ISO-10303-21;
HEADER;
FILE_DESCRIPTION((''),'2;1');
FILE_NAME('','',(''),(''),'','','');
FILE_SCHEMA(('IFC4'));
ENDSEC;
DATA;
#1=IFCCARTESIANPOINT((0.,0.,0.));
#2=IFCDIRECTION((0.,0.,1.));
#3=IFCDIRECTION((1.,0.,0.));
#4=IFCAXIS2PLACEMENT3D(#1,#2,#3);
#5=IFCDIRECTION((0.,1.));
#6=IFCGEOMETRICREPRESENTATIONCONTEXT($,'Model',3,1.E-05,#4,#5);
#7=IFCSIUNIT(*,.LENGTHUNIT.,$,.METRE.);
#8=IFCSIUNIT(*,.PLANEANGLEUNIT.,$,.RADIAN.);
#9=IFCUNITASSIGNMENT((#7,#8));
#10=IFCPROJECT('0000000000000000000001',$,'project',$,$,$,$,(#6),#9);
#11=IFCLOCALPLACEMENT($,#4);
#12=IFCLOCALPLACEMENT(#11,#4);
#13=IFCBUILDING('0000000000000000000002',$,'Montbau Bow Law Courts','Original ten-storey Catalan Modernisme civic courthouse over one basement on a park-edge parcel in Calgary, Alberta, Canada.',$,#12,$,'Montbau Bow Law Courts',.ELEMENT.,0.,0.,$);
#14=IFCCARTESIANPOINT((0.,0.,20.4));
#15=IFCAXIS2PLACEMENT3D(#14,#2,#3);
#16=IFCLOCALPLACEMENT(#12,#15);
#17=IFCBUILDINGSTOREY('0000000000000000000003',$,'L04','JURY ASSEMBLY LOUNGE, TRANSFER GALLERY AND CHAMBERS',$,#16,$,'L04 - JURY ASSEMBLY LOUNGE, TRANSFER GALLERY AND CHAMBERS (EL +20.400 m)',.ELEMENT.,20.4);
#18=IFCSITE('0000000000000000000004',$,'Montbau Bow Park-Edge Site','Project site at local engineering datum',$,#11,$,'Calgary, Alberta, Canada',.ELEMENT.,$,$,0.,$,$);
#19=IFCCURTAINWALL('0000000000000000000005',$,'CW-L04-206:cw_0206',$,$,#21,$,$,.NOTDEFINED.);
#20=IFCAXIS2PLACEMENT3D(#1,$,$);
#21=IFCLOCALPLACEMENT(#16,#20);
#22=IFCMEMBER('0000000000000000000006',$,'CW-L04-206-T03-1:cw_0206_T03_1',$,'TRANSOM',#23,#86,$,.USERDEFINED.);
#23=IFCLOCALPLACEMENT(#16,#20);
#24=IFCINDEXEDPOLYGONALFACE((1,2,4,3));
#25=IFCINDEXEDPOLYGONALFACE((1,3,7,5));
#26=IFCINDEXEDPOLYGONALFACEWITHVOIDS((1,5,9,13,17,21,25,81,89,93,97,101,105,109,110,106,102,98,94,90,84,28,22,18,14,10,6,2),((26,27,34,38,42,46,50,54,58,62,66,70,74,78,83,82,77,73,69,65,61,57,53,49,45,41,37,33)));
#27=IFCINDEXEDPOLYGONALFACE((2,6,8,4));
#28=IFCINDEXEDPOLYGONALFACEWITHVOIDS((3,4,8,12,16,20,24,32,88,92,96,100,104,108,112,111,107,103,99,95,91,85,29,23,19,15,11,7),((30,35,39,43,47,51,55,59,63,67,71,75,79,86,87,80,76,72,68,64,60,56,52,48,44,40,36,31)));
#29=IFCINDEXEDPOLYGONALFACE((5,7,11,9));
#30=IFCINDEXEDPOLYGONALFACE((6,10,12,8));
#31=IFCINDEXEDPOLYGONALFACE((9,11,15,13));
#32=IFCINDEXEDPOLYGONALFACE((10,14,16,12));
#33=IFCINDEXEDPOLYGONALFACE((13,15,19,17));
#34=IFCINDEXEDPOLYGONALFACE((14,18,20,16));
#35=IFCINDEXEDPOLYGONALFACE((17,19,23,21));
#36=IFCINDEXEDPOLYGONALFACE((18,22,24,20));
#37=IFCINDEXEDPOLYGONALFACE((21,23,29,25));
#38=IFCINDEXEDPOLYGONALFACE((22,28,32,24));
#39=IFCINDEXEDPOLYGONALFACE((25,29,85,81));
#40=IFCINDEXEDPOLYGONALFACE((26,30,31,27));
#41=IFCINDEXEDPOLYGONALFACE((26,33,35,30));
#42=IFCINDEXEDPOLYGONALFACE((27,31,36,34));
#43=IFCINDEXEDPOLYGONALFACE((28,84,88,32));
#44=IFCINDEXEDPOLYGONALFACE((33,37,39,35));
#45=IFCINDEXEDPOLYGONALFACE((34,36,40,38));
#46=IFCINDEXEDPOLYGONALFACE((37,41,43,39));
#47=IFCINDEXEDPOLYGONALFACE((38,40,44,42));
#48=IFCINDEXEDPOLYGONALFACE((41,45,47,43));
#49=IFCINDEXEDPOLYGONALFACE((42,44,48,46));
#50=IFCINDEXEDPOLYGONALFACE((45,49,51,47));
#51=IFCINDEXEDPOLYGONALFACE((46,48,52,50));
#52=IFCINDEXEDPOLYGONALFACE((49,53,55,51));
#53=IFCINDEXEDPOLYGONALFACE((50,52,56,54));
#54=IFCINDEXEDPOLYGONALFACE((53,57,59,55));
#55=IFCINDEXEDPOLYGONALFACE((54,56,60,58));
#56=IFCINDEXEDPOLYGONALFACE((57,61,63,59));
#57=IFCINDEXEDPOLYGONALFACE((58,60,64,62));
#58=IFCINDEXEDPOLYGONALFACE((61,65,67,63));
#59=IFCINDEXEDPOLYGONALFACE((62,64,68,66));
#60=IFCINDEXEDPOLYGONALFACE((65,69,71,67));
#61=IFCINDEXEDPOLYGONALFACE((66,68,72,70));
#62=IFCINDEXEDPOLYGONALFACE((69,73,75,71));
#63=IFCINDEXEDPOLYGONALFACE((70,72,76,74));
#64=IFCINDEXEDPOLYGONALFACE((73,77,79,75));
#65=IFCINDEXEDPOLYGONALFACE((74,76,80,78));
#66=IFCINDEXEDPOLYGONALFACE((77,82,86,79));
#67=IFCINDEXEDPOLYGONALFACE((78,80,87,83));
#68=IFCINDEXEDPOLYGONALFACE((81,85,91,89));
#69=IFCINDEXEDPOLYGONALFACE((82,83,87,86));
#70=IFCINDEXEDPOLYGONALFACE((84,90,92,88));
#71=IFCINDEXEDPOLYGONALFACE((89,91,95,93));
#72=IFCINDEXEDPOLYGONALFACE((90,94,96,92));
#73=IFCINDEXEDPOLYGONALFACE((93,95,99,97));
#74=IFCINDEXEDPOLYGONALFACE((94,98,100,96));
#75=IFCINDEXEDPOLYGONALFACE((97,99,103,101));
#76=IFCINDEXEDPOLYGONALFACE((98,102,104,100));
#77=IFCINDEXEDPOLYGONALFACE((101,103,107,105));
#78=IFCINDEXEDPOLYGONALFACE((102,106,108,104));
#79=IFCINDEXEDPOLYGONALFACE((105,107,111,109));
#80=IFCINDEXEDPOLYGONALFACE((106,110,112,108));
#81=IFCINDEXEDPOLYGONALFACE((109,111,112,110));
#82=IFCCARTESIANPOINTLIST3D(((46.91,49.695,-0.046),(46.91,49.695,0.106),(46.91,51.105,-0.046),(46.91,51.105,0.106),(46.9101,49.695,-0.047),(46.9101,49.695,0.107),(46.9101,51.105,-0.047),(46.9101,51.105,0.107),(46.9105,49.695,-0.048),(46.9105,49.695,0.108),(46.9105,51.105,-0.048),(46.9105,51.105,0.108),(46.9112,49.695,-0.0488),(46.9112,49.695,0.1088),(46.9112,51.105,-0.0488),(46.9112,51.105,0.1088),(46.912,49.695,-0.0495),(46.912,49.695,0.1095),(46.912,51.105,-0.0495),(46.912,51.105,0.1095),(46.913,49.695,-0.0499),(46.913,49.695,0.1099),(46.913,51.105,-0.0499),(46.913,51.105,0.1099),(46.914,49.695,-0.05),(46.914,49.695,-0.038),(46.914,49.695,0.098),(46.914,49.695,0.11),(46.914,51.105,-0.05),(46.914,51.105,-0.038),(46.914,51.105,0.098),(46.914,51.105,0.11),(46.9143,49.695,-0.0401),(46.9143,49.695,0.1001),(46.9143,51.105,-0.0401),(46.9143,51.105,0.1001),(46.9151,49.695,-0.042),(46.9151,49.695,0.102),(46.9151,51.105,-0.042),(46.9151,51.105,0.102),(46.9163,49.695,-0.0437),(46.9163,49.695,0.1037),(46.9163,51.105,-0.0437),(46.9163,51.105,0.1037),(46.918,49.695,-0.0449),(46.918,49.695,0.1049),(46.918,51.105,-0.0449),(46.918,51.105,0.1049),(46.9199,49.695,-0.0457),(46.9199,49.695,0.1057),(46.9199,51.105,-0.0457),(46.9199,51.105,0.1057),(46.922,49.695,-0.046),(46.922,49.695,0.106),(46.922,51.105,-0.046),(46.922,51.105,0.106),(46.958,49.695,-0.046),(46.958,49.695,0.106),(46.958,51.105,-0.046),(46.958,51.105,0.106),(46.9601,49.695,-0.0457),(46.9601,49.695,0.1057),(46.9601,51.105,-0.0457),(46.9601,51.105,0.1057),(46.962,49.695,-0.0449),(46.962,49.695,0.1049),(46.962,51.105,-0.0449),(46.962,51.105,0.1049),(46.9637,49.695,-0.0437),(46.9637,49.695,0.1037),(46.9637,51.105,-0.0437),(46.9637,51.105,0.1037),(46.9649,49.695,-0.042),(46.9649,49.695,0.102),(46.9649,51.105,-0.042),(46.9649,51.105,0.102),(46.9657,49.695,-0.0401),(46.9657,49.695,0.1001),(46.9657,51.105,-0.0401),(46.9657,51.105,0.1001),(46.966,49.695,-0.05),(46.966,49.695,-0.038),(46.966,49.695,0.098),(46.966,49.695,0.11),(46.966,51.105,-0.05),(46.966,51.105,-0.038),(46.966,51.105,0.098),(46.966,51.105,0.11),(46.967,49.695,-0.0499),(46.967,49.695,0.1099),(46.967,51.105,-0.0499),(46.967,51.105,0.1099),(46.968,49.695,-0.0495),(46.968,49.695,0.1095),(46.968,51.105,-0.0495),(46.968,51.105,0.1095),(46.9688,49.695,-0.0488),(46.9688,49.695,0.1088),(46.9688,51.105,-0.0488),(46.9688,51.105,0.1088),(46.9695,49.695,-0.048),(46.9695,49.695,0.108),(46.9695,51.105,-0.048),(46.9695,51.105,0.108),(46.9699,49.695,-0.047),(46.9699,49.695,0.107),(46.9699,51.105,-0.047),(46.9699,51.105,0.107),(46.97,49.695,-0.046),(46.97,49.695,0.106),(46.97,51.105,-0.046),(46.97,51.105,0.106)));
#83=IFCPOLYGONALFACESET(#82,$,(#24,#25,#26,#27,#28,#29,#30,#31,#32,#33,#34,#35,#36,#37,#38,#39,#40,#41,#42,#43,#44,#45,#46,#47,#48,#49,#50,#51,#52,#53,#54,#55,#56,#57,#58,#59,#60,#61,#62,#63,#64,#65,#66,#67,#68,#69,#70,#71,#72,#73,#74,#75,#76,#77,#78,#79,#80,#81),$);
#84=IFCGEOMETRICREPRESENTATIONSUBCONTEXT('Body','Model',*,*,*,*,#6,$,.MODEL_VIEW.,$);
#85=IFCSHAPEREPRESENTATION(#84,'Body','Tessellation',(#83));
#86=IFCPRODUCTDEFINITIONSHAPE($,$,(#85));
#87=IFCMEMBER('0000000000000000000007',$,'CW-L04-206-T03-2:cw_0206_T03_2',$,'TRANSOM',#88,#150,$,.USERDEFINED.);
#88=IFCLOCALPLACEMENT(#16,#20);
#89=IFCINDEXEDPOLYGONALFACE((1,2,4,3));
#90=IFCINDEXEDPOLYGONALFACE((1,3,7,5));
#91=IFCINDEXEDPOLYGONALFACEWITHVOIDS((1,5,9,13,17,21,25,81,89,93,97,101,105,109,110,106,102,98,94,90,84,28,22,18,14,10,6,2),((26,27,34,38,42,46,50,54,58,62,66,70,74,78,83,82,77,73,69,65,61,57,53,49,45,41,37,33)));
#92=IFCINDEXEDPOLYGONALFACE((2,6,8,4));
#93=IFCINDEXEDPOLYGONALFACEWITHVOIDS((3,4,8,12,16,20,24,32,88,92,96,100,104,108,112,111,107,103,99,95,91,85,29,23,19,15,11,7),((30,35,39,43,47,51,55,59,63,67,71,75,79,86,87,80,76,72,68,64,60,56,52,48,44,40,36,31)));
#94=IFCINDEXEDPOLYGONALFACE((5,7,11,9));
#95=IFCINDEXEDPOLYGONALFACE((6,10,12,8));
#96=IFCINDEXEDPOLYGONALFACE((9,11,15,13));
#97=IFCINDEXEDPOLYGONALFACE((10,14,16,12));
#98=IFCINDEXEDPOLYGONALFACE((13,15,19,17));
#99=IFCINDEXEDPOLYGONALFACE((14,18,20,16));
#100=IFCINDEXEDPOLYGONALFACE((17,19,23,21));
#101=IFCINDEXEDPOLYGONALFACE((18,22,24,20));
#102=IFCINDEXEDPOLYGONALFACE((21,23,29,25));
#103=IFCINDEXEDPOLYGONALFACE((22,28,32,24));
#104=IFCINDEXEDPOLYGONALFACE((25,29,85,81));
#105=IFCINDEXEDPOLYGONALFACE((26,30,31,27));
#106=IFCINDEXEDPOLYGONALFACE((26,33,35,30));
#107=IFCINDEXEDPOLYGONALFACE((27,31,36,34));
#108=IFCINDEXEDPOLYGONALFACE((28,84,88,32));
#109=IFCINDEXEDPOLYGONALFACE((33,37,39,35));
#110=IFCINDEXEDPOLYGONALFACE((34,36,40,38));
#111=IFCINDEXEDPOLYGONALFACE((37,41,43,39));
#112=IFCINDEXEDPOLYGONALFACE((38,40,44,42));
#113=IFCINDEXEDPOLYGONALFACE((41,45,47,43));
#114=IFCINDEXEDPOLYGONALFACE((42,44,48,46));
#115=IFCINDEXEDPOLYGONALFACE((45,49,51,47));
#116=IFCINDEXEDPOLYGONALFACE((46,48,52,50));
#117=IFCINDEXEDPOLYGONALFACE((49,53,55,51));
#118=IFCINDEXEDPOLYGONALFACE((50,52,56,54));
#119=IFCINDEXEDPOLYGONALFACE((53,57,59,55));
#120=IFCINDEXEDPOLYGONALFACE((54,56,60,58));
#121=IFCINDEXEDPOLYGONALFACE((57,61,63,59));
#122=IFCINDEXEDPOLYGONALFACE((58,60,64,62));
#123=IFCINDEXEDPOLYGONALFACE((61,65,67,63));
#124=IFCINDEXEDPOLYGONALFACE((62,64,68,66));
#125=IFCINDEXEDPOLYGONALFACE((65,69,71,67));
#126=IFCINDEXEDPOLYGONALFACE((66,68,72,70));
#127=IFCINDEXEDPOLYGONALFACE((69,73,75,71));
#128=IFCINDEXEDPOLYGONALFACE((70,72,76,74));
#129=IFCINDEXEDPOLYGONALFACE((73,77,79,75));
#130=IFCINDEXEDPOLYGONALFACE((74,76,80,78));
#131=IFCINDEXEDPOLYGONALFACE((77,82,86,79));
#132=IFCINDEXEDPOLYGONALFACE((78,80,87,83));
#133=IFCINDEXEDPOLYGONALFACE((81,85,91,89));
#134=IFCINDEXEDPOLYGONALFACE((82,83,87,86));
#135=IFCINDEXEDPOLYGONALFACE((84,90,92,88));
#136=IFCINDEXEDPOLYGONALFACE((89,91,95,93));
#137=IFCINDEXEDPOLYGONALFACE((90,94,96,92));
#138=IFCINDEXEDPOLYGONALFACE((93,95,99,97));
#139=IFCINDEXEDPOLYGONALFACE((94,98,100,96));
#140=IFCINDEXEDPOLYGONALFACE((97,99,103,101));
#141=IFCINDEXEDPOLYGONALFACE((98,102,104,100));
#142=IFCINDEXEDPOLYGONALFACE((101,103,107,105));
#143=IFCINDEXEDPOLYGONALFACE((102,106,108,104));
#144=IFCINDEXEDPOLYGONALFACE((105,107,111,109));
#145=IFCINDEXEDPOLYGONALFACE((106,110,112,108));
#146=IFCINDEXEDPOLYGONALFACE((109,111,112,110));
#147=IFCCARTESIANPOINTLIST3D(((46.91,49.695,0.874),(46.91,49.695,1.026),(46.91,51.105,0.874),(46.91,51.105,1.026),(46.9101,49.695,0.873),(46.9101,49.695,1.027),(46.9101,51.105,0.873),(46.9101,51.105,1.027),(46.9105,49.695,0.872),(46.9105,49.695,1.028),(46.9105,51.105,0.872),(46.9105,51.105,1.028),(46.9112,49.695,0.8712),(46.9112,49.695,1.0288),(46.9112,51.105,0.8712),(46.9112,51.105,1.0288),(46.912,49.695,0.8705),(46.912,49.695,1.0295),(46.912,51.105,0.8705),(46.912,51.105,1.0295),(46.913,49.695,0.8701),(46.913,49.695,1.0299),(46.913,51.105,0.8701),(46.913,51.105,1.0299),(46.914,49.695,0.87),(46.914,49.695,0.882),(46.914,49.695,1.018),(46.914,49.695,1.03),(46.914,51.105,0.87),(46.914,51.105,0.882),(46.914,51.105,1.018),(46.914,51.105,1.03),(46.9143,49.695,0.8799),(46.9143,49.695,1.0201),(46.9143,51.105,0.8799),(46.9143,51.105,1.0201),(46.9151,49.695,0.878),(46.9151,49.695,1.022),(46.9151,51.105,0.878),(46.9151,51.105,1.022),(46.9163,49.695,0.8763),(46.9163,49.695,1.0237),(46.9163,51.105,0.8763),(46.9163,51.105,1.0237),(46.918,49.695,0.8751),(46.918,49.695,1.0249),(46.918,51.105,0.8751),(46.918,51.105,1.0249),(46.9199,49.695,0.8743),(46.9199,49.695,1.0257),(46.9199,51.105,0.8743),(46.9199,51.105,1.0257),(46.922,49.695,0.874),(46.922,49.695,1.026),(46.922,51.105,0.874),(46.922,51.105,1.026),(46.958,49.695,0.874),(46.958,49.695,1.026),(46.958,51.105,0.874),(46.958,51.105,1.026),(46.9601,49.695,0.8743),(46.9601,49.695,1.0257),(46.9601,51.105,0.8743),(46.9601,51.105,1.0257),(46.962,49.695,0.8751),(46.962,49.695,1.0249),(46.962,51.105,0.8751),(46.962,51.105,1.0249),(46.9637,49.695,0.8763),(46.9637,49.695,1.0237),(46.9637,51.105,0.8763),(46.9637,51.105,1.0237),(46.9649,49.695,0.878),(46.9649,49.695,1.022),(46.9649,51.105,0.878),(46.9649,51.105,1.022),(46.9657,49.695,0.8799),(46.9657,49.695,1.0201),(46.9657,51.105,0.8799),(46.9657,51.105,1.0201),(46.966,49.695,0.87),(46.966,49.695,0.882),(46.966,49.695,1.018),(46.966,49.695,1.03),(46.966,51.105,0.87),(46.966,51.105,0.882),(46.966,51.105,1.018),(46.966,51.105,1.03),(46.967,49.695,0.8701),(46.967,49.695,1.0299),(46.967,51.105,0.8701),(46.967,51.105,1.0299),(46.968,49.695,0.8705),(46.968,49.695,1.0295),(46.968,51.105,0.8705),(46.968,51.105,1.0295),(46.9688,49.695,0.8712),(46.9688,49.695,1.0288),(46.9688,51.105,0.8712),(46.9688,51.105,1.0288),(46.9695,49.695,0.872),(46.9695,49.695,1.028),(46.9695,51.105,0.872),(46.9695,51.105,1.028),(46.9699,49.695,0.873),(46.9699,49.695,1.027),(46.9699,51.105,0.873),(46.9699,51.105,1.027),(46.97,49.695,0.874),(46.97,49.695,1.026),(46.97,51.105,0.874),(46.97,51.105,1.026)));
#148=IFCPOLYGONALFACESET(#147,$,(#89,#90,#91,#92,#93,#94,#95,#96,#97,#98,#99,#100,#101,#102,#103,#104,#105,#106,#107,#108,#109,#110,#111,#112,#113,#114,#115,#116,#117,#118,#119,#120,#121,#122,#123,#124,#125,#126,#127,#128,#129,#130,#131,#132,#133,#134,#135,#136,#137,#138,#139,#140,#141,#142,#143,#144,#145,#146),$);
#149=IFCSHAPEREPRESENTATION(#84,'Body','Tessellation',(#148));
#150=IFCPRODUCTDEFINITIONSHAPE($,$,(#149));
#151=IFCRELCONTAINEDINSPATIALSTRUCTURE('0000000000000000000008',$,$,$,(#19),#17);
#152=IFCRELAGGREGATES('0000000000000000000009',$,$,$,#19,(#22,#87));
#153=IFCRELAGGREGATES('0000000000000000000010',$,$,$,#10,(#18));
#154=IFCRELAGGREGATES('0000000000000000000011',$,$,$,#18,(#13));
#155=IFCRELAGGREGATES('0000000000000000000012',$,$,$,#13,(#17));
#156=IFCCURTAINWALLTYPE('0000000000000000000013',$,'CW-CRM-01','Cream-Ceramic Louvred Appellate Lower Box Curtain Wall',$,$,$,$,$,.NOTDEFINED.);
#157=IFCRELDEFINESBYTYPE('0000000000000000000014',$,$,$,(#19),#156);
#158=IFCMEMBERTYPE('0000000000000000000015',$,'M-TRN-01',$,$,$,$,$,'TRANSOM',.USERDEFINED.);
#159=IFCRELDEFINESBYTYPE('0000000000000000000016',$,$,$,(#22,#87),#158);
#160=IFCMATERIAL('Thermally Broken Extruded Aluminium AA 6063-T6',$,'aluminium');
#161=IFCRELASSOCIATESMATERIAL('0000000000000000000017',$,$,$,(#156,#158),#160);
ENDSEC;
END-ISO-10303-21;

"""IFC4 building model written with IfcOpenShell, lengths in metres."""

from ifc_helpers import new_model, si_unit, direction, frame, origin_with_axes, origin_2d_with_axis, place, context, subcontext, project, spatial, hollow_rectangle, extrude, material, material_profile, profile_set, type_object, element, aggregate, save


model = new_model("IFC4")

# Units and contexts
model_context = context("Model", 3, precision=1e-05, world=origin_with_axes(), true_north=direction((0.0, 1.0)))
body_context = subcontext(model_context, "Body", "Model", "MODEL_VIEW")
ifc_project = project(units=[si_unit("LENGTHUNIT", "METRE"), si_unit("PLANEANGLEUNIT", "RADIAN")], contexts=[model_context])

# Site, building, storey
site_placement = place(None, origin_with_axes())
site = spatial("IfcSite", under=ifc_project, at=site_placement, Name="Montbau Bow Park-Edge Site", Description="Project site at local engineering datum", LongName="Calgary, Alberta, Canada", CompositionType="ELEMENT", RefElevation=0.0)
building_placement = place(site_placement, origin_with_axes())
building = spatial("IfcBuilding", under=site, at=building_placement, Name="Montbau Bow Law Courts", Description="Original ten-storey Catalan Modernisme civic courthouse over one basement on a park-edge parcel in Calgary, Alberta, Canada.", LongName="Montbau Bow Law Courts", CompositionType="ELEMENT", ElevationOfRefHeight=0.0, ElevationOfTerrain=0.0)
storey_placement = place(building_placement, frame((0.0, 0.0, 20.4), z_axis=(0.0, 0.0, 1.0), x_axis=(1.0, 0.0, 0.0)))
storey = spatial("IfcBuildingStorey", under=building, at=storey_placement, Name="L04", Description="JURY ASSEMBLY LOUNGE, TRANSFER GALLERY AND CHAMBERS", LongName="L04 - JURY ASSEMBLY LOUNGE, TRANSFER GALLERY AND CHAMBERS (EL +20.400 m)", CompositionType="ELEMENT", Elevation=20.4)

# Curtain wall, members
ifc_material_1 = material(Name="Thermally Broken Extruded Aluminium AA 6063-T6", Category="aluminium")
curtain_wall_type = type_object("IfcCurtainWallType", Name="CW-CRM-01", Description="Cream-Ceramic Louvred Appellate Lower Box Curtain Wall", PredefinedType="NOTDEFINED", material=ifc_material_1)
curtain_wall_1_placement = place(None, frame((46.94, 46.715, 20.4), z_axis=(0.0, 0.0, 1.0), x_axis=(1.0, 0.0, 0.0)))
curtain_wall_1 = element("IfcCurtainWall", 1, at=curtain_wall_1_placement, inside=storey, type_object=curtain_wall_type, Name="CW-L04-206:cw_0206", PredefinedType="NOTDEFINED")
ifc_material_profile_1 = material_profile(ifc_material_1, hollow_rectangle(XDim=0.06, YDim=0.16, WallThickness=0.004, InnerFilletRadius=0.008, OuterFilletRadius=0.004, at=origin_2d_with_axis()), Name="CWT-160X60", Category="Main", Priority=0)
ifc_profile_set_1 = profile_set([ifc_material_profile_1], Name="Thermally Broken Extruded Aluminium AA 6063-T6")
member_type_1 = type_object("IfcMemberType", Name="M-TRN-01", ElementType="TRANSOM", PredefinedType="USERDEFINED", material=ifc_profile_set_1)
member_1_placement = place(None, frame((46.94, 49.695, 20.43), z_axis=(0.0, 1.0, 0.0), x_axis=(-1.0, 0.0, 0.0)))
member_1 = element("IfcMember", 2, at=member_1_placement, type_object=member_type_1, Name="CW-L04-206-T03-1:cw_0206_T03_1", ObjectType="TRANSOM", PredefinedType="USERDEFINED", context=body_context, shape_type="SweptSolid", body=[
    extrude(hollow_rectangle(XDim=0.06, YDim=0.16, WallThickness=0.004, InnerFilletRadius=0.008, OuterFilletRadius=0.004, at=origin_2d_with_axis()), origin_with_axes(), (0.0, 0.0, 1.0), 1.41),
])
member_2_placement = place(None, frame((46.94, 49.695, 21.35), z_axis=(0.0, 1.0, 0.0), x_axis=(-1.0, 0.0, 0.0)))
member_2 = element("IfcMember", 3, at=member_2_placement, type_object=member_type_1, Name="CW-L04-206-T03-2:cw_0206_T03_2", ObjectType="TRANSOM", PredefinedType="USERDEFINED", context=body_context, shape_type="SweptSolid", body=[
    extrude(hollow_rectangle(XDim=0.06, YDim=0.16, WallThickness=0.004, InnerFilletRadius=0.008, OuterFilletRadius=0.004, at=origin_2d_with_axis()), origin_with_axes(), (0.0, 0.0, 1.0), 1.41),
])

aggregate(curtain_wall_1, [member_1, member_2])

save(model, "model.ifc")
